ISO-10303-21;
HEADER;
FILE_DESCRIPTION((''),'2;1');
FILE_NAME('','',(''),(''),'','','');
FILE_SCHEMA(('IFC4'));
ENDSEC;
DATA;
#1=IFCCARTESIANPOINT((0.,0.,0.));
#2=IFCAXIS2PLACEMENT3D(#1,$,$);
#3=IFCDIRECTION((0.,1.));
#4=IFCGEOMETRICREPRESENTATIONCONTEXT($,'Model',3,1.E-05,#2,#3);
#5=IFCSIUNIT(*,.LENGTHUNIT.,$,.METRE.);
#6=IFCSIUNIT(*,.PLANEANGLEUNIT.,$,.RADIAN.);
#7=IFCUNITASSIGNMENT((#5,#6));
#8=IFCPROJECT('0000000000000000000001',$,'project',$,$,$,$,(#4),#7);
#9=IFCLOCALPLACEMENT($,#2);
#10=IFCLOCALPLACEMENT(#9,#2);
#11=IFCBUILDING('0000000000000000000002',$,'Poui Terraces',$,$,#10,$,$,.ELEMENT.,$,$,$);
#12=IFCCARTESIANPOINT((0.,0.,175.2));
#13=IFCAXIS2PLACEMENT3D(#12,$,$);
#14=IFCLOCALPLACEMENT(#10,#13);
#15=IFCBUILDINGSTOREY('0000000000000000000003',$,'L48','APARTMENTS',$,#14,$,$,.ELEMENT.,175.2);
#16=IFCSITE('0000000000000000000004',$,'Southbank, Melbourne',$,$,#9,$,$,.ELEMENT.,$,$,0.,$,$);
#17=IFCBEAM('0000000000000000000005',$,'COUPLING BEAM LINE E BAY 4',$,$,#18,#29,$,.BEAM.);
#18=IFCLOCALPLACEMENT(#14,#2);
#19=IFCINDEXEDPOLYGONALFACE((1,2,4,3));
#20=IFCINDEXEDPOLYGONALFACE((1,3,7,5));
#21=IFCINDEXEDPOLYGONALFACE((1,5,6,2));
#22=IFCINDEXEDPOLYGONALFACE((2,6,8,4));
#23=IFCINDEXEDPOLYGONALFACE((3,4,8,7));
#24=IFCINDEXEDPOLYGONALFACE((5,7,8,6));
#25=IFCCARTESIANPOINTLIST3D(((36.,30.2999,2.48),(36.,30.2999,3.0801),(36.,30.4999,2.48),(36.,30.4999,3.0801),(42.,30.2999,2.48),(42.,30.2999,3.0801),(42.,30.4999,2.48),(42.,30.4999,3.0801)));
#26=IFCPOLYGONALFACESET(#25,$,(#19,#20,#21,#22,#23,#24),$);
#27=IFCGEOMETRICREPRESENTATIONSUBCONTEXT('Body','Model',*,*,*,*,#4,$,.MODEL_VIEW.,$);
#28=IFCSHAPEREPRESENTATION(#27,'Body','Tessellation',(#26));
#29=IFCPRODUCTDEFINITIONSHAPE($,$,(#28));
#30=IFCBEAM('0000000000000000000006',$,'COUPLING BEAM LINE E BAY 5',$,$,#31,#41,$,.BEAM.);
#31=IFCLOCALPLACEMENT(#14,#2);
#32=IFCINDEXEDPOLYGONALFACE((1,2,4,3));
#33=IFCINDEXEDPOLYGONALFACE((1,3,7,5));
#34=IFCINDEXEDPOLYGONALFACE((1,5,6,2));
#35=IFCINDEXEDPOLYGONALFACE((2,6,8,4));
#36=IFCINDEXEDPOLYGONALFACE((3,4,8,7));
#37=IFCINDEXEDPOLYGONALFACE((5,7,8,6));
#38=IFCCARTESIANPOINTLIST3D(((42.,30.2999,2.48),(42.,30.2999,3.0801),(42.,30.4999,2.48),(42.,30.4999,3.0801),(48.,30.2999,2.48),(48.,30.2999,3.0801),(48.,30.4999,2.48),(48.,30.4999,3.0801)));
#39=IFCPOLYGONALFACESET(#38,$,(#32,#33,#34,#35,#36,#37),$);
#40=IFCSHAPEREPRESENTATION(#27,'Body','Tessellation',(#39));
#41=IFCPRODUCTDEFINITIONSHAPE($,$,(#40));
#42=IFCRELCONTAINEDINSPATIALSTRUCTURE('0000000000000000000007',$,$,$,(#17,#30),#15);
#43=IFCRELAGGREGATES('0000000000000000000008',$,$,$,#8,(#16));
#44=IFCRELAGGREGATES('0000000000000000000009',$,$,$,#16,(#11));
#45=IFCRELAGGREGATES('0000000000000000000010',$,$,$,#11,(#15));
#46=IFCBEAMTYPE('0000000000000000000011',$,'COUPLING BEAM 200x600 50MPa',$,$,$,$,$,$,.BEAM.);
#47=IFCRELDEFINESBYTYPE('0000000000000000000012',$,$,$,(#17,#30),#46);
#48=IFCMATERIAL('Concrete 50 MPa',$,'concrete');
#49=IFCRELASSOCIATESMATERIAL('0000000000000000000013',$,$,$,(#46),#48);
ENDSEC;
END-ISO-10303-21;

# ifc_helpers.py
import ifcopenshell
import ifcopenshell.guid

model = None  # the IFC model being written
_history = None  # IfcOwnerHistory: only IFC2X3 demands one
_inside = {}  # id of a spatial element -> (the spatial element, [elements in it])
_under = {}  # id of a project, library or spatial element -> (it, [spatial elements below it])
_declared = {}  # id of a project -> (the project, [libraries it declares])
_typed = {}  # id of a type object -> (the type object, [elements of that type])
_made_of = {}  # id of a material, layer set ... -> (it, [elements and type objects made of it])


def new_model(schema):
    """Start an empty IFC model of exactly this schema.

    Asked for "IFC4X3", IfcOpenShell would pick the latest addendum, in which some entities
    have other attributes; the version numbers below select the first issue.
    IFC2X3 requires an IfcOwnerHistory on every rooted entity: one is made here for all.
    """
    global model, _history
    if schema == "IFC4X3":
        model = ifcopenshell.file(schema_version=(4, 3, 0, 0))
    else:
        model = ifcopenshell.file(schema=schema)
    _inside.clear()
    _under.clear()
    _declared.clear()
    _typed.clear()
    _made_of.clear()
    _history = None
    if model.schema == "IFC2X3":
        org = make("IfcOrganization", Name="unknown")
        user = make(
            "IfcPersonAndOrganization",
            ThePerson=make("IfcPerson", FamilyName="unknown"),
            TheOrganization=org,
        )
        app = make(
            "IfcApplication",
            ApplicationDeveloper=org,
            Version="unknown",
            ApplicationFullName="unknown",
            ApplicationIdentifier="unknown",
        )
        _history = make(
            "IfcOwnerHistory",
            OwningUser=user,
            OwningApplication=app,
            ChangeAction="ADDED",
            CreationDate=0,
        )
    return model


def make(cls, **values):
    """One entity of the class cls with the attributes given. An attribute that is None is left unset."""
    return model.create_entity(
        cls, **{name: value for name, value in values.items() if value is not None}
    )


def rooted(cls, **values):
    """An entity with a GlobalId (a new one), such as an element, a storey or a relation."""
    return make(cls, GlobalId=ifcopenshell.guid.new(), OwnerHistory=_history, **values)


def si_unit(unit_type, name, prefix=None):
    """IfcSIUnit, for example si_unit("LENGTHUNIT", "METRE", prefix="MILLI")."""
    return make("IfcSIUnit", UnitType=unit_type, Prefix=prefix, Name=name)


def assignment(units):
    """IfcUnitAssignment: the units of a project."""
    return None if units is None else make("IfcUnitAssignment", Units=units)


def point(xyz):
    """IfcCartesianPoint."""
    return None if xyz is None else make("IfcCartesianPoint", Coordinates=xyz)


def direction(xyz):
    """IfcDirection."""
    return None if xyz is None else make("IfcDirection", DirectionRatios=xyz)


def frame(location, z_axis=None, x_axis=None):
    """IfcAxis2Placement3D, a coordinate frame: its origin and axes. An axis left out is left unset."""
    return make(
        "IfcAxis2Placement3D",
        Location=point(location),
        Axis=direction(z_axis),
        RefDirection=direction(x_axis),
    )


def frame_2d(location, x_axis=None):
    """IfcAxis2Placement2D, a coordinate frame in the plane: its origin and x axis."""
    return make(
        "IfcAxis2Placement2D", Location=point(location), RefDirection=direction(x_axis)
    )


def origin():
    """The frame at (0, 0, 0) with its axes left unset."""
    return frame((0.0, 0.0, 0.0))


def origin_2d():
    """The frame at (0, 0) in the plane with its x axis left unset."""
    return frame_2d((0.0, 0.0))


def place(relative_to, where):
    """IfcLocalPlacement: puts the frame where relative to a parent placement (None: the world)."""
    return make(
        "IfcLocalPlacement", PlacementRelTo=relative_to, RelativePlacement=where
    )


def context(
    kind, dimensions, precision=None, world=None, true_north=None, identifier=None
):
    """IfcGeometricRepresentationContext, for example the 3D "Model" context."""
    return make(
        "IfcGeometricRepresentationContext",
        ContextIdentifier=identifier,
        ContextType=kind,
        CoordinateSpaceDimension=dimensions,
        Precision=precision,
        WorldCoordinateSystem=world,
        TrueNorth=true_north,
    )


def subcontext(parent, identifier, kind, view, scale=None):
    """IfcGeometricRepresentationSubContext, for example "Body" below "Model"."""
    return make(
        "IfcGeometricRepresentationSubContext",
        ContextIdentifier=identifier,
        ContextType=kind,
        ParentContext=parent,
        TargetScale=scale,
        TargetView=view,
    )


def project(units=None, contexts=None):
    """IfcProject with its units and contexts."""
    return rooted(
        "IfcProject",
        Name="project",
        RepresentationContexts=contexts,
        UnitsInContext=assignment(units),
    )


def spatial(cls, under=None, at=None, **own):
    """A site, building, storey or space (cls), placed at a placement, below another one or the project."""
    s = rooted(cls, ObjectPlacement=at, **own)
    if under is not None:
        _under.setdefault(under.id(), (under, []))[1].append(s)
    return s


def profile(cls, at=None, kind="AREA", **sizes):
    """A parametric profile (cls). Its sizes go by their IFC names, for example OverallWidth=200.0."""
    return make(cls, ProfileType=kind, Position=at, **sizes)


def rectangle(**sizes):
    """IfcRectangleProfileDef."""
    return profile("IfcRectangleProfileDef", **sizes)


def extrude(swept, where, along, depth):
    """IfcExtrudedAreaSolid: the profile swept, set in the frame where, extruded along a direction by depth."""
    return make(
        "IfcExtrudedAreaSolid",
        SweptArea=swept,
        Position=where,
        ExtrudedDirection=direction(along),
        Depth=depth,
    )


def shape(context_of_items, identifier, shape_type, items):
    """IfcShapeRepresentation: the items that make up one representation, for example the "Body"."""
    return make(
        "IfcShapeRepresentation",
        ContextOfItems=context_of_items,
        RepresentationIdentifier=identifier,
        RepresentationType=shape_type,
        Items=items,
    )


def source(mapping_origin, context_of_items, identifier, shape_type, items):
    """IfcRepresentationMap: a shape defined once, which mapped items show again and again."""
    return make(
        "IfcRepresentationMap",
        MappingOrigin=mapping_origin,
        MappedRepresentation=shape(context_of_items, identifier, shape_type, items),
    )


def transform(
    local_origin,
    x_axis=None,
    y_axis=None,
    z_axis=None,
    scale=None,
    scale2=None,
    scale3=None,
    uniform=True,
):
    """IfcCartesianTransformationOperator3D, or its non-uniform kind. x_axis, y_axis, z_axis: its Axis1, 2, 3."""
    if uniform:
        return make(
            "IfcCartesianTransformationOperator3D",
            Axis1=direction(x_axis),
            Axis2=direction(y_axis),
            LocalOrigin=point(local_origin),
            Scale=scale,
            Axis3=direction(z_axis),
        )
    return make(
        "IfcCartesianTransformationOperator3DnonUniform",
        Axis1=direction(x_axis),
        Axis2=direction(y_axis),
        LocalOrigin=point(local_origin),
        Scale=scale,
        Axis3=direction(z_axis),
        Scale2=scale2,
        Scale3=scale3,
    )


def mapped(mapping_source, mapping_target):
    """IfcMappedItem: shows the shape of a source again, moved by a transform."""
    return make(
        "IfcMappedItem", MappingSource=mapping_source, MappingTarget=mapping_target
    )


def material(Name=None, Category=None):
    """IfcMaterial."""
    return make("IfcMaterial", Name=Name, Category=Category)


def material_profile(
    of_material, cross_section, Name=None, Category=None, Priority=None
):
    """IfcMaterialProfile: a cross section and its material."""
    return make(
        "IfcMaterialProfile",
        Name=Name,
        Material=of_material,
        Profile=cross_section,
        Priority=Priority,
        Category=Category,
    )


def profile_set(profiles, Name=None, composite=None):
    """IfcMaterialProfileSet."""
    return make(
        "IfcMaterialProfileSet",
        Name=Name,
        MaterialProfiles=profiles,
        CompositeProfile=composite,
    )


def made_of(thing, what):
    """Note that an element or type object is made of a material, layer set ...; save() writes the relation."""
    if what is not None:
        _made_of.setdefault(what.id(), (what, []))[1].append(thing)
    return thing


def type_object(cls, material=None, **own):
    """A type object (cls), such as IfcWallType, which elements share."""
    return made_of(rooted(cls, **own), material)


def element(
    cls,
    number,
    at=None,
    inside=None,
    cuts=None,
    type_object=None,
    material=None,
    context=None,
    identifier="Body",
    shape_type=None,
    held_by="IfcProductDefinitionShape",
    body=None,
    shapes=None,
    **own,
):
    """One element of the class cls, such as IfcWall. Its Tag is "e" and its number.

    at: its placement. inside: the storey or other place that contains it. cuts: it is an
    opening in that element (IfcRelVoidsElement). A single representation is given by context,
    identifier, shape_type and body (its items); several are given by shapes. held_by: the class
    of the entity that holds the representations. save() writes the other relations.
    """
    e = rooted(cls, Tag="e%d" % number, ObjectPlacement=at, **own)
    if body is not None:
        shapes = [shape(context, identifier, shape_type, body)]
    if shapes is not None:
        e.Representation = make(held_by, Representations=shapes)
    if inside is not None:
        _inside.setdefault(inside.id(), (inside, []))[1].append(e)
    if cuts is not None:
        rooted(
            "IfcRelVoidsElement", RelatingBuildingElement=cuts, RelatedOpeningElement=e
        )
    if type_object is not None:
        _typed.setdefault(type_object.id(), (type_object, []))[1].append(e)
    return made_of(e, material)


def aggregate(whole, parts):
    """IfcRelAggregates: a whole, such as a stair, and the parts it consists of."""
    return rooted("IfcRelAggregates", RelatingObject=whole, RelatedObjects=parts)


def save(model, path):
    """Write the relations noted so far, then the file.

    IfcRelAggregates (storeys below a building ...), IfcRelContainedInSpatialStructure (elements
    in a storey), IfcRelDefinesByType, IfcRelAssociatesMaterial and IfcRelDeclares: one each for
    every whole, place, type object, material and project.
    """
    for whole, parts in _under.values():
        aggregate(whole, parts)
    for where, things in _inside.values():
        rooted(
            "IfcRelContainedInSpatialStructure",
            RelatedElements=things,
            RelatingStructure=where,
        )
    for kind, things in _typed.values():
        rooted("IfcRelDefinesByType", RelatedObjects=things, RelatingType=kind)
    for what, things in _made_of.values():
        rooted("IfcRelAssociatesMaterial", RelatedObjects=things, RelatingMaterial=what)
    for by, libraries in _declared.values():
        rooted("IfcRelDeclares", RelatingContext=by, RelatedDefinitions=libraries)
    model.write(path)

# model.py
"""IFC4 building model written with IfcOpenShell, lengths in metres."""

from ifc_helpers import new_model, si_unit, direction, frame, origin, origin_2d, place, context, subcontext, project, spatial, rectangle, extrude, source, transform, mapped, material, material_profile, profile_set, type_object, element, save


model = new_model("IFC4")

# Units and contexts
model_context = context("Model", 3, precision=1e-05, world=origin(), true_north=direction((0.0, 1.0)))
body_context = subcontext(model_context, "Body", "Model", "MODEL_VIEW")
ifc_project = project(units=[si_unit("LENGTHUNIT", "METRE"), si_unit("PLANEANGLEUNIT", "RADIAN")], contexts=[model_context])

# Site, building, storey
site_placement = place(None, origin())
site = spatial("IfcSite", under=ifc_project, at=site_placement, Name="Southbank, Melbourne", CompositionType="ELEMENT", RefElevation=0.0)
building_placement = place(site_placement, origin())
building = spatial("IfcBuilding", under=site, at=building_placement, Name="Poui Terraces", CompositionType="ELEMENT")
storey_placement = place(building_placement, frame((0.0, 0.0, 175.2)))
storey = spatial("IfcBuildingStorey", under=building, at=storey_placement, Name="L48", Description="APARTMENTS", CompositionType="ELEMENT", Elevation=175.2)

# Beams
ifc_material_1 = material(Name="Concrete 50 MPa", Category="concrete")
ifc_material_profile = material_profile(ifc_material_1, rectangle(XDim=0.2, YDim=0.6001, at=origin_2d()), Name="RC 200x600")
ifc_profile_set = profile_set([ifc_material_profile], Name="Concrete 50 MPa")
beam_type = type_object("IfcBeamType", Name="COUPLING BEAM 200x600 50MPa", PredefinedType="BEAM", material=ifc_profile_set)
shared_shape = source(origin(), body_context, "Body", "SweptSolid", [
    extrude(rectangle(XDim=0.2, YDim=0.6001, at=origin_2d()), origin(), (0.0, 0.0, 1.0), 6.0),
])
for number, where, z_axis, x_axis, name in (
    (1, (36.0, 30.3999, 2.78), (1.0, 0.0, 0.0), (0.0, 1.0, 0.0), "COUPLING BEAM LINE E BAY 4"),
    (2, (42.0, 30.3999, 2.78), (1.0, 0.0, 0.0), (0.0, 1.0, 0.0), "COUPLING BEAM LINE E BAY 5"),
):
    element("IfcBeam", number, at=place(storey_placement, frame(where, z_axis=z_axis, x_axis=x_axis)), inside=storey, type_object=beam_type, Name=name, PredefinedType="BEAM", context=body_context, shape_type="MappedRepresentation", body=[
        mapped(shared_shape, transform((0.0, 0.0, 0.0))),
    ])

save(model, "model.ifc")
